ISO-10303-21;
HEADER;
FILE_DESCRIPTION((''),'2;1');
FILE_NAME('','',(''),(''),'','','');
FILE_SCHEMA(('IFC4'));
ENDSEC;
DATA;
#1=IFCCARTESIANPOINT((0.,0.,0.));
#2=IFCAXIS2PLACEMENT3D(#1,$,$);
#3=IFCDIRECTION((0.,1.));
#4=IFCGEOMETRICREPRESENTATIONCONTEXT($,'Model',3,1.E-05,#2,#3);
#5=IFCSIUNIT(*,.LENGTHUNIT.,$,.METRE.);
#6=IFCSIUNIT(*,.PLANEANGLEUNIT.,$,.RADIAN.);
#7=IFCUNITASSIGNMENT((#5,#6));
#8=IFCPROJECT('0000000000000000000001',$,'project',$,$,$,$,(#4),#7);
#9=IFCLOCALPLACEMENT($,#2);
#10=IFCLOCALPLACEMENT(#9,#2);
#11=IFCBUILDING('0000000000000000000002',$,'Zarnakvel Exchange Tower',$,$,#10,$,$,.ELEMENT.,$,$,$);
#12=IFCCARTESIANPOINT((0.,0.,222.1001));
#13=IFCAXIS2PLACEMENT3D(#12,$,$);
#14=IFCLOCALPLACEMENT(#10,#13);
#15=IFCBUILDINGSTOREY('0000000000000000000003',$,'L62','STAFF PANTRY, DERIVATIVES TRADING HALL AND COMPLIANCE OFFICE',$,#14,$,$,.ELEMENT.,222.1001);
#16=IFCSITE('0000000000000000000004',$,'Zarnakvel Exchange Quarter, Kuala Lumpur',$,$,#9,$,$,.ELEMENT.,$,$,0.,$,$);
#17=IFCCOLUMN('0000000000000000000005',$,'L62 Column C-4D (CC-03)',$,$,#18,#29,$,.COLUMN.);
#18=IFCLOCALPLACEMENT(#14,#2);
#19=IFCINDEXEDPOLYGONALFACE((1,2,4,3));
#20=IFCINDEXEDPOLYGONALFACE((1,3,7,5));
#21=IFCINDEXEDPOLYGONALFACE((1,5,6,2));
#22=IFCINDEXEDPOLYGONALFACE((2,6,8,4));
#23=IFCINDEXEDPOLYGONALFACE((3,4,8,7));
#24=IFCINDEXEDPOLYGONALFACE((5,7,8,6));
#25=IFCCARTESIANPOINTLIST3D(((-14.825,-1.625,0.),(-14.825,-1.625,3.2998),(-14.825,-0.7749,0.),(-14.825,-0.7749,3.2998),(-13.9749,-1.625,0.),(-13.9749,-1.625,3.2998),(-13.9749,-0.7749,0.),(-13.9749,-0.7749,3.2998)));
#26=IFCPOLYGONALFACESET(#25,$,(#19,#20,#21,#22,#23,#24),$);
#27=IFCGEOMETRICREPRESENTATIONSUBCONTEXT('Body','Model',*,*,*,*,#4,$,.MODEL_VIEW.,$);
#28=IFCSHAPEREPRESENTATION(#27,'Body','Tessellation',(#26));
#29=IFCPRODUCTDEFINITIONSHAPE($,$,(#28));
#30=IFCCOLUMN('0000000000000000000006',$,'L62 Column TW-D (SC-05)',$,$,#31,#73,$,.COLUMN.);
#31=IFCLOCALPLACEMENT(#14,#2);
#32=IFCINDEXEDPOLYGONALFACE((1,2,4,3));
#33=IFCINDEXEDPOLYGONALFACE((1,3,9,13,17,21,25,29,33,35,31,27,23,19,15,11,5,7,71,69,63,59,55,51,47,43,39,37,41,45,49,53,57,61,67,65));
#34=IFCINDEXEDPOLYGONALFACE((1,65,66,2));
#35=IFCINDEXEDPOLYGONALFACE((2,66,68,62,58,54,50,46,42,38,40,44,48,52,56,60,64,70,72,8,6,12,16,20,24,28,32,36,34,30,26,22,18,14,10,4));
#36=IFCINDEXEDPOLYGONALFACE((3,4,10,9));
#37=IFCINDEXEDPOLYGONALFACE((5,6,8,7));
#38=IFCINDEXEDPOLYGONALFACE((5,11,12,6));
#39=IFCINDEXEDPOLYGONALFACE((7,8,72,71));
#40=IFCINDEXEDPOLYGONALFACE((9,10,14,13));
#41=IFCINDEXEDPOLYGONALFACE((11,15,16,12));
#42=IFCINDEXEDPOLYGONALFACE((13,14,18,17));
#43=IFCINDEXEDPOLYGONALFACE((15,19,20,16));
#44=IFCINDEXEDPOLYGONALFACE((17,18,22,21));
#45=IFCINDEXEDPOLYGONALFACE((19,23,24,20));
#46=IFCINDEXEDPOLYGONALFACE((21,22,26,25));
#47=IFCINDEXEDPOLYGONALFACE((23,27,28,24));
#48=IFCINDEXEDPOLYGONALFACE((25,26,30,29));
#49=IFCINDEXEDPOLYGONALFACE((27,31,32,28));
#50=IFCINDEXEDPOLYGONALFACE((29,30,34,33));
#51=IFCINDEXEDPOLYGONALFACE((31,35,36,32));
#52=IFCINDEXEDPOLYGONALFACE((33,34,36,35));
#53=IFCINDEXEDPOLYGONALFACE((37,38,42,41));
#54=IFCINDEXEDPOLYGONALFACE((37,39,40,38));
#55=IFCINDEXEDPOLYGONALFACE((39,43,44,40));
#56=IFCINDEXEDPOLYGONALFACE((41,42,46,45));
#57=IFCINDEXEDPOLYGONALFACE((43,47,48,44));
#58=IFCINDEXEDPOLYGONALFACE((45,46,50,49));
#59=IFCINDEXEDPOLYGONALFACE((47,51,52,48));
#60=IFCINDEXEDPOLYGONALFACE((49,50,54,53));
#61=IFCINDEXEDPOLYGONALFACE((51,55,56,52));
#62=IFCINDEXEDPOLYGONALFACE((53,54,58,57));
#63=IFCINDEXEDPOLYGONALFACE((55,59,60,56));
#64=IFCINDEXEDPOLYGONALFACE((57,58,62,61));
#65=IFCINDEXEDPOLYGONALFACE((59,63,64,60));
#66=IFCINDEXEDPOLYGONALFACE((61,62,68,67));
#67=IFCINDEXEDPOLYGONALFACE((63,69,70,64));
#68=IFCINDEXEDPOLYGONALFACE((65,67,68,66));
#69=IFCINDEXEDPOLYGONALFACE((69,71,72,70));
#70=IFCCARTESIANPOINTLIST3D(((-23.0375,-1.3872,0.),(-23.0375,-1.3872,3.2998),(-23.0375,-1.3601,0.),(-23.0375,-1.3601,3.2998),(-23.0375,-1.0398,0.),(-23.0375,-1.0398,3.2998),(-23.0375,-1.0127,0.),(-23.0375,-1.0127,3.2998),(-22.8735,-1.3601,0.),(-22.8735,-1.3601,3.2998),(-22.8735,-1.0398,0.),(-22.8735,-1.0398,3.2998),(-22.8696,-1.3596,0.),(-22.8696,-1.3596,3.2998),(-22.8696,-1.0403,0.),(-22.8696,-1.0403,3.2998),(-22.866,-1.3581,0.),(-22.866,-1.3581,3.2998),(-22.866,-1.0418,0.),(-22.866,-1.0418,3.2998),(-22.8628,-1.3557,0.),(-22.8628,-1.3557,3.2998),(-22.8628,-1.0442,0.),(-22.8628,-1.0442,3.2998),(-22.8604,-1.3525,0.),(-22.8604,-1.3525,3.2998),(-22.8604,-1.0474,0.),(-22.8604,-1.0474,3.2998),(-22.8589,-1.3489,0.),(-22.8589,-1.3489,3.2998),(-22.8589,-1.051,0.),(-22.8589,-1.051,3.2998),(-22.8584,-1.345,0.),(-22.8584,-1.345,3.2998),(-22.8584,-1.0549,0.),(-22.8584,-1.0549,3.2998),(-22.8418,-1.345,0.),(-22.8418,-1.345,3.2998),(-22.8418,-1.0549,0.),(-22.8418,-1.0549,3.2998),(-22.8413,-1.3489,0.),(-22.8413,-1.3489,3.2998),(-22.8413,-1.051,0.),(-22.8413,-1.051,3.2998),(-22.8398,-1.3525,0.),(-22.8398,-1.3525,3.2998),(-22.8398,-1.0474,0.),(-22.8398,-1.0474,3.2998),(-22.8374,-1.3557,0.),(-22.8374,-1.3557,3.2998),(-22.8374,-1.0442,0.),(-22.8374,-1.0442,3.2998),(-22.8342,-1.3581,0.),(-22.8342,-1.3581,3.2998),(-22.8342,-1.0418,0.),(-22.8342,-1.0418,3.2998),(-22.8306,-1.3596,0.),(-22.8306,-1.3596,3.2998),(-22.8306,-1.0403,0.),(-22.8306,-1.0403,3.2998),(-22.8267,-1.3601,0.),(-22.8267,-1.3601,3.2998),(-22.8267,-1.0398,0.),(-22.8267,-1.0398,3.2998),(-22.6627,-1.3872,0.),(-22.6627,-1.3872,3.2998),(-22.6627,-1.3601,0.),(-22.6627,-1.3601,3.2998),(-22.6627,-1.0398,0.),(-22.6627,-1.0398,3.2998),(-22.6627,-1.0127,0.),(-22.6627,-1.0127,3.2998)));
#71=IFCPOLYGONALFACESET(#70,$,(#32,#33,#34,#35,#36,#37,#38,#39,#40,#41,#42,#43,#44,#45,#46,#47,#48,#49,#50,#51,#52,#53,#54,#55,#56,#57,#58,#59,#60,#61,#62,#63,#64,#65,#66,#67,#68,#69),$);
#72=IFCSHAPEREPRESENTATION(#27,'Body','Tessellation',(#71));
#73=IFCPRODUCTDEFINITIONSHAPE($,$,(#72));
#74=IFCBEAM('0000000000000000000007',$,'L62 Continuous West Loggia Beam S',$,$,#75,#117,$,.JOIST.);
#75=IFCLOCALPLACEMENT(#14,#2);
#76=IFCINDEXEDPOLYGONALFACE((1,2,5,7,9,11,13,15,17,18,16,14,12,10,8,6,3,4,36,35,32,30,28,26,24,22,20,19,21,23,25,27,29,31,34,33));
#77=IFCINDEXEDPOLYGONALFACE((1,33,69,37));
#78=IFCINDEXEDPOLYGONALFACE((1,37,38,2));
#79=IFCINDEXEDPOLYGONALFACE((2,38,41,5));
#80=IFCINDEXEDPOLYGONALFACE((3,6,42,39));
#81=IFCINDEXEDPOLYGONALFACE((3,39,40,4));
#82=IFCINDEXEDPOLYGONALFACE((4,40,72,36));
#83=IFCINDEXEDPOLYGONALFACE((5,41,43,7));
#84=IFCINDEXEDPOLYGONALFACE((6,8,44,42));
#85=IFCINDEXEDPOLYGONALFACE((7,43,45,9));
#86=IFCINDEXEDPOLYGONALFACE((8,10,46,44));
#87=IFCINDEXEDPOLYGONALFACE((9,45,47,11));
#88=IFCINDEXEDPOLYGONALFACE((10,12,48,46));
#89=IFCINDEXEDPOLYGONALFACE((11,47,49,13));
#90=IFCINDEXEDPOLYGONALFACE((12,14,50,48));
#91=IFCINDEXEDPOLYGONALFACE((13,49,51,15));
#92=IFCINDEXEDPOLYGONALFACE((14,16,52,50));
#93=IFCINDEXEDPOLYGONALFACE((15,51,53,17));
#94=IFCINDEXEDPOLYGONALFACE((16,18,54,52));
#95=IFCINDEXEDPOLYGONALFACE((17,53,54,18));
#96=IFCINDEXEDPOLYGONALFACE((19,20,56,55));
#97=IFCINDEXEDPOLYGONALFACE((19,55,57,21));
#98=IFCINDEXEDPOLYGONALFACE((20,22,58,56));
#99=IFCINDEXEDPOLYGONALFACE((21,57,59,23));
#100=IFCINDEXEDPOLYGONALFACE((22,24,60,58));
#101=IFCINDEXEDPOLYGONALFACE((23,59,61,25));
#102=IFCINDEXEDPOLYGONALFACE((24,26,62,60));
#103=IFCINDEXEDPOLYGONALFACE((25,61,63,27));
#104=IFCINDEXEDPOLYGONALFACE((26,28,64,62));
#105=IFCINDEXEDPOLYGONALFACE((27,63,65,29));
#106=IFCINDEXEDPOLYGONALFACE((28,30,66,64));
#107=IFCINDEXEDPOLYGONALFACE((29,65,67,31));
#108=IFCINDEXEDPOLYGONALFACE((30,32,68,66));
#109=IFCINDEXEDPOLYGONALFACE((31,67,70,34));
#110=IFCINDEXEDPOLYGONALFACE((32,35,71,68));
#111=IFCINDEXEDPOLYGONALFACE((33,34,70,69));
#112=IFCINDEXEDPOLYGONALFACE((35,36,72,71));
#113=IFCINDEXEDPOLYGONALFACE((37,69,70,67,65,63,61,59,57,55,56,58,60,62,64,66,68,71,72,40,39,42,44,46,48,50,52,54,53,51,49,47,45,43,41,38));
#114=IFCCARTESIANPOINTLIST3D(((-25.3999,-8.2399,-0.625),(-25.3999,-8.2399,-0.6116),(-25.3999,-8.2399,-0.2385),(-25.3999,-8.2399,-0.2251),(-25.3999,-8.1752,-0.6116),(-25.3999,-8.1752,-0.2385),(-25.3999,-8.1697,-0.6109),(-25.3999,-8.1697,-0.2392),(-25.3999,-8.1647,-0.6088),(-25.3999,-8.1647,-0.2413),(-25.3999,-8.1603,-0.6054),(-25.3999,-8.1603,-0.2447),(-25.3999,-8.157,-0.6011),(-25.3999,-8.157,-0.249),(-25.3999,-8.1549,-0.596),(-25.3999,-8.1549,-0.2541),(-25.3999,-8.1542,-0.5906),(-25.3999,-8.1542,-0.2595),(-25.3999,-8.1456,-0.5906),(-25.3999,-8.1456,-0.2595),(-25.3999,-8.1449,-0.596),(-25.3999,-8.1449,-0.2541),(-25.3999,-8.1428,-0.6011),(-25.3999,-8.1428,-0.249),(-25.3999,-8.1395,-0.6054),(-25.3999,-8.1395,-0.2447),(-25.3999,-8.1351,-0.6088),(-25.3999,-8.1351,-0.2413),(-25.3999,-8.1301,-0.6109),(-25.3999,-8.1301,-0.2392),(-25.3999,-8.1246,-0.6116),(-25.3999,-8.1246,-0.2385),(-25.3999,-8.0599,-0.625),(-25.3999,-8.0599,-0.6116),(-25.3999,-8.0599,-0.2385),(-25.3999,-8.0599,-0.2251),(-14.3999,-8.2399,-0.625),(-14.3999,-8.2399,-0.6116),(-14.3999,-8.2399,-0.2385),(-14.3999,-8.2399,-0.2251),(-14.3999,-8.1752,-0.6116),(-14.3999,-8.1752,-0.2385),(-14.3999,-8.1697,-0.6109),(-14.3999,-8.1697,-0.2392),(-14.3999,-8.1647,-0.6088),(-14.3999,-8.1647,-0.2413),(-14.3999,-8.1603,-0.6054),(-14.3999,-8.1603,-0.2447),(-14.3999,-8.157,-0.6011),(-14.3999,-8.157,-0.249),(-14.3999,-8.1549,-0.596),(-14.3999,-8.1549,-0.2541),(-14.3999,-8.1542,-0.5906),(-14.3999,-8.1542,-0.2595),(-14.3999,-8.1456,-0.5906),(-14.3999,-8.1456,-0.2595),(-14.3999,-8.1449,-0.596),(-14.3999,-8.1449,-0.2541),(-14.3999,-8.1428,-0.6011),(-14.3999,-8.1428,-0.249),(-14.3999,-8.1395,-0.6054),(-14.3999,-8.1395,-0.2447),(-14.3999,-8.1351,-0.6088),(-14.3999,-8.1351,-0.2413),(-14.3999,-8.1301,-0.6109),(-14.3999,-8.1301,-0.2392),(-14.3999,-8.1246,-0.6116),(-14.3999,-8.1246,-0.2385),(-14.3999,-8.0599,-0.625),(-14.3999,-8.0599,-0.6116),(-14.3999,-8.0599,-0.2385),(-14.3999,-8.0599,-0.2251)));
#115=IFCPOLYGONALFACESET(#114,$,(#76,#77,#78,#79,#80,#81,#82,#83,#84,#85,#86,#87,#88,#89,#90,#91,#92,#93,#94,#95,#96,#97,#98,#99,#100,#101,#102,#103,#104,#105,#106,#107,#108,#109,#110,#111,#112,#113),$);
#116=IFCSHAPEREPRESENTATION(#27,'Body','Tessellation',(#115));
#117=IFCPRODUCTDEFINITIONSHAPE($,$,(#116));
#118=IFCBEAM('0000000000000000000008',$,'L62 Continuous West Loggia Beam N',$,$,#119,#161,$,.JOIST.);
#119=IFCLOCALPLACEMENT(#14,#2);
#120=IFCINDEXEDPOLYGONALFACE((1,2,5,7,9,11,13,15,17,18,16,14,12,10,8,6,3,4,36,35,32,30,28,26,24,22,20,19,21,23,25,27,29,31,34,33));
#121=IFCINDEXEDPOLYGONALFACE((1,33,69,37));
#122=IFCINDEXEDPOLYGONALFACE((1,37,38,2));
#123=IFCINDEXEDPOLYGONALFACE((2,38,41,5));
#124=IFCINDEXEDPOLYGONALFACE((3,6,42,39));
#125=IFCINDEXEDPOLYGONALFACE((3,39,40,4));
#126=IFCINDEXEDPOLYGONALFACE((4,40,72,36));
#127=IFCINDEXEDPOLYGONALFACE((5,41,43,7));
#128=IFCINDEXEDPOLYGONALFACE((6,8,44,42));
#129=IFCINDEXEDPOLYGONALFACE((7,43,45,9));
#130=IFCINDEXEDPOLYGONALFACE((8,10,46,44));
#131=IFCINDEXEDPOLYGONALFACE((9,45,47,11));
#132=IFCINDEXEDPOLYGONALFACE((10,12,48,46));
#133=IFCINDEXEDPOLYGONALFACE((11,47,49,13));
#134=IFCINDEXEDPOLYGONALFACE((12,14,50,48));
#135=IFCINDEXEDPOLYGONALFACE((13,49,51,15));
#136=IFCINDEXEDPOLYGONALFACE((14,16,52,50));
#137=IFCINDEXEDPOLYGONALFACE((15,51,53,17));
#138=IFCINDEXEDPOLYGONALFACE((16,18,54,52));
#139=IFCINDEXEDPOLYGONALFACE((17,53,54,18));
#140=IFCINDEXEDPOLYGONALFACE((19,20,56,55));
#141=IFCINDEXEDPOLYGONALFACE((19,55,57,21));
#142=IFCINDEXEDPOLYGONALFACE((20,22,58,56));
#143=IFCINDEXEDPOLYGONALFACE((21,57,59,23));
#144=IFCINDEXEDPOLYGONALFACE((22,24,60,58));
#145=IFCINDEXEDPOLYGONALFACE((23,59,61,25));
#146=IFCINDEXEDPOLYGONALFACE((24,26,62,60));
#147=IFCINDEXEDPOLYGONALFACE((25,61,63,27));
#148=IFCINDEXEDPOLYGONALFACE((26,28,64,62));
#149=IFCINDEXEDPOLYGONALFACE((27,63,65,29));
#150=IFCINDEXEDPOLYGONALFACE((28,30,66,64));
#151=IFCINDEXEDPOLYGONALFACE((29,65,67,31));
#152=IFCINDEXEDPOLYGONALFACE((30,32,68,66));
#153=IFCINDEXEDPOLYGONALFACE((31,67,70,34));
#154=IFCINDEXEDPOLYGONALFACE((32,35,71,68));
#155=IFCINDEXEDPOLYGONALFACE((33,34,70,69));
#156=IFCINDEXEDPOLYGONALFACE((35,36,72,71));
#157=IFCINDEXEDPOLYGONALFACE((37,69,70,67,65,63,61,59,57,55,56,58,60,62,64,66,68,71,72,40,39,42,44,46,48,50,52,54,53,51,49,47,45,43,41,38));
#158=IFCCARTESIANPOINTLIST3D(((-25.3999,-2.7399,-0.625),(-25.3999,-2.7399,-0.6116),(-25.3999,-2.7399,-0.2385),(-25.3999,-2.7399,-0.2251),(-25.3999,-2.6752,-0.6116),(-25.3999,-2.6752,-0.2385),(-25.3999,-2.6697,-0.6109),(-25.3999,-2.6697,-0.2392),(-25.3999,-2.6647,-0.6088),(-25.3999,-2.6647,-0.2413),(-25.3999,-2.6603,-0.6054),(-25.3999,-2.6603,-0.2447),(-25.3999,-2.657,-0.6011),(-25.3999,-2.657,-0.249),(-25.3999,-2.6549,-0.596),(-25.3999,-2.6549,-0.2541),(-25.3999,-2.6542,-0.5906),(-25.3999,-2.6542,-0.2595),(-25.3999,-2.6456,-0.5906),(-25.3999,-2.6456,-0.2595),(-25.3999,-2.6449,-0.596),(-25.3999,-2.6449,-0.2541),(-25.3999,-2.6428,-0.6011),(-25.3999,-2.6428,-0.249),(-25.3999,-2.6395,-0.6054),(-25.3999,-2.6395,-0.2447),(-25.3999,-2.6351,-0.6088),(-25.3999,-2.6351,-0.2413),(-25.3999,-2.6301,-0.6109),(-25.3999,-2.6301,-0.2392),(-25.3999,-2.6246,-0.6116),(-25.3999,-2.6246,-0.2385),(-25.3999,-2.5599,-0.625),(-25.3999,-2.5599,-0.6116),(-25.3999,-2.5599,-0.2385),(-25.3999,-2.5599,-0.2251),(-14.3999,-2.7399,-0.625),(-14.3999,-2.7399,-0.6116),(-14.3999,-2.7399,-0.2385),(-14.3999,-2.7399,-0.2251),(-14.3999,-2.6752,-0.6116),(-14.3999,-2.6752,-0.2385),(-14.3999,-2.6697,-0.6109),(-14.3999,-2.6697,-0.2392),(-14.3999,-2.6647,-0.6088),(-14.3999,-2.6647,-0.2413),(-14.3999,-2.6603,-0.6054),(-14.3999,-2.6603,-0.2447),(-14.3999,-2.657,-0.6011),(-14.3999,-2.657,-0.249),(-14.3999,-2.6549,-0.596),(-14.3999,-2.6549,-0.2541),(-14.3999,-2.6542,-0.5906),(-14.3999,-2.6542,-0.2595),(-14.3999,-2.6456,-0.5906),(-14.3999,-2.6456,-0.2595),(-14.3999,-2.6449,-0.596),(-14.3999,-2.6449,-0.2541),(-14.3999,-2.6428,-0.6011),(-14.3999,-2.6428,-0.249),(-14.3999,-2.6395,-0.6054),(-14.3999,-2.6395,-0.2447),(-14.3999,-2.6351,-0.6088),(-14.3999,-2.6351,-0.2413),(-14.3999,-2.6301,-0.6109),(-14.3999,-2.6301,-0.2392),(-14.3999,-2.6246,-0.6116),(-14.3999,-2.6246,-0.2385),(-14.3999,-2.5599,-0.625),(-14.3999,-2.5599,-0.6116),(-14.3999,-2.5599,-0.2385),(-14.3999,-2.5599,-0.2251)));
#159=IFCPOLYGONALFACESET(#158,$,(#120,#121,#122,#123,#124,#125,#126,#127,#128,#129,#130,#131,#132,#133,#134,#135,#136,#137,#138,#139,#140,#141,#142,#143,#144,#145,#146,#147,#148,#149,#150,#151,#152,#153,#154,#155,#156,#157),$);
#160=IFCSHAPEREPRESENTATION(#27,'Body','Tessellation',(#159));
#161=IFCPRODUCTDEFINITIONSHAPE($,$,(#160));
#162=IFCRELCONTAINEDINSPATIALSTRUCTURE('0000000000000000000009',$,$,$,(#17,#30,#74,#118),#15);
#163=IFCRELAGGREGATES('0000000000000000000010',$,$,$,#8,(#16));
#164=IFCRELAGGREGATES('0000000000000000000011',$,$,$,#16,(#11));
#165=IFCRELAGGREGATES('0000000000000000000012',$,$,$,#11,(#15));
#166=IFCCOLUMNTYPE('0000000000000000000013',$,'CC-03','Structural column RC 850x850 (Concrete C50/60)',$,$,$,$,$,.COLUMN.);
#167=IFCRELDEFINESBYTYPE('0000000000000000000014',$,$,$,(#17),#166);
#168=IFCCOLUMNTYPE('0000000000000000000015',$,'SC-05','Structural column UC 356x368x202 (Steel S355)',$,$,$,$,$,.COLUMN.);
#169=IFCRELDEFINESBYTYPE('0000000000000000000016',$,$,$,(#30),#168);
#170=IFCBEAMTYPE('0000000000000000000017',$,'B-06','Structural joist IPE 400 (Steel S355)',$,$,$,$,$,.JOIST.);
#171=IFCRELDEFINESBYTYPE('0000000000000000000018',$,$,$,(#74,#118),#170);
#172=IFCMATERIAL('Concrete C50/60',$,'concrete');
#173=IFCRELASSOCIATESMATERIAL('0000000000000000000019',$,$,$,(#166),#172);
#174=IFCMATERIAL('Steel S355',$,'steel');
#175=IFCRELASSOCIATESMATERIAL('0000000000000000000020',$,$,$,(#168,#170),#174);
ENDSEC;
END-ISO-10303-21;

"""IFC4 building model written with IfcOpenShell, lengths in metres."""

from ifc_helpers import new_model, si_unit, direction, frame, origin, origin_2d, place, context, subcontext, project, spatial, rectangle, i_section, extrude, material, material_profile, profile_set, type_object, element, save


model = new_model("IFC4")

# Units and contexts
model_context = context("Model", 3, precision=1e-05, world=origin(), true_north=direction((0.0, 1.0)))
body_context = subcontext(model_context, "Body", "Model", "MODEL_VIEW")
ifc_project = project(units=[si_unit("LENGTHUNIT", "METRE"), si_unit("PLANEANGLEUNIT", "RADIAN")], contexts=[model_context])

# Site, building, storey
site_placement = place(None, origin())
site = spatial("IfcSite", under=ifc_project, at=site_placement, Name="Zarnakvel Exchange Quarter, Kuala Lumpur", CompositionType="ELEMENT", RefElevation=0.0)
building_placement = place(site_placement, origin())
building = spatial("IfcBuilding", under=site, at=building_placement, Name="Zarnakvel Exchange Tower", CompositionType="ELEMENT")
storey_placement = place(building_placement, frame((0.0, 0.0, 222.1001)))
storey = spatial("IfcBuildingStorey", under=building, at=storey_placement, Name="L62", Description="STAFF PANTRY, DERIVATIVES TRADING HALL AND COMPLIANCE OFFICE", CompositionType="ELEMENT", Elevation=222.1001)

# Columns
ifc_material_1 = material(Name="Concrete C50/60", Category="concrete")
ifc_material_profile_1 = material_profile(ifc_material_1, rectangle(XDim=0.8501, YDim=0.8501, at=origin_2d()))
ifc_profile_set_1 = profile_set([ifc_material_profile_1], Name="Concrete C50/60")
column_type_1 = type_object("IfcColumnType", Name="CC-03", Description="Structural column RC 850x850 (Concrete C50/60)", PredefinedType="COLUMN", material=ifc_profile_set_1)
column_1_placement = place(storey_placement, frame((-14.3999, -1.2, 0.0), z_axis=(0.0, 0.0, 1.0), x_axis=(1.0, 0.0, 0.0)))
element("IfcColumn", 1, at=column_1_placement, inside=storey, type_object=column_type_1, Name="L62 Column C-4D (CC-03)", PredefinedType="COLUMN", context=body_context, shape_type="SweptSolid", body=[
    extrude(rectangle(XDim=0.8501, YDim=0.8501, at=origin_2d()), origin(), (0.0, 0.0, 1.0), 3.2998),
])
ifc_material_2 = material(Name="Steel S355", Category="steel")
ifc_material_profile_2 = material_profile(ifc_material_2, i_section(OverallWidth=0.3748, OverallDepth=0.3745, WebThickness=0.0166, FlangeThickness=0.0271, FilletRadius=0.0151, at=origin_2d()))
ifc_profile_set_2 = profile_set([ifc_material_profile_2], Name="Steel S355")
column_type_2 = type_object("IfcColumnType", Name="SC-05", Description="Structural column UC 356x368x202 (Steel S355)", PredefinedType="COLUMN", material=ifc_profile_set_2)
column_2_placement = place(storey_placement, frame((-22.8501, -1.2, 0.0), z_axis=(0.0, 0.0, 1.0), x_axis=(1.0, 0.0, 0.0)))
element("IfcColumn", 2, at=column_2_placement, inside=storey, type_object=column_type_2, Name="L62 Column TW-D (SC-05)", PredefinedType="COLUMN", context=body_context, shape_type="SweptSolid", body=[
    extrude(i_section(OverallWidth=0.3748, OverallDepth=0.3745, WebThickness=0.0166, FlangeThickness=0.0271, FilletRadius=0.0151, at=origin_2d()), origin(), (0.0, 0.0, 1.0), 3.2998),
])

# Beams
ifc_material_profile_3 = material_profile(ifc_material_2, i_section(OverallWidth=0.1799, OverallDepth=0.3999, WebThickness=0.0085, FlangeThickness=0.0134, FilletRadius=0.021, at=origin_2d()))
ifc_profile_set_3 = profile_set([ifc_material_profile_3], Name="Steel S355")
beam_type_1 = type_object("IfcBeamType", Name="B-06", Description="Structural joist IPE 400 (Steel S355)", PredefinedType="JOIST", material=ifc_profile_set_3)
for number, where, z_axis, x_axis, name in (
    (3, (-14.3999, -8.1499, -0.425), (-1.0, 0.0, 0.0), (0.0, -1.0, 0.0), "L62 Continuous West Loggia Beam S"),
    (4, (-14.3999, -2.6499, -0.425), (-1.0, 0.0, 0.0), (0.0, -1.0, 0.0), "L62 Continuous West Loggia Beam N"),
):
    element("IfcBeam", number, at=place(storey_placement, frame(where, z_axis=z_axis, x_axis=x_axis)), inside=storey, type_object=beam_type_1, Name=name, PredefinedType="JOIST", context=body_context, shape_type="SweptSolid", body=[
        extrude(i_section(OverallWidth=0.1799, OverallDepth=0.3999, WebThickness=0.0085, FlangeThickness=0.0134, FilletRadius=0.021, at=origin_2d()), origin(), (0.0, 0.0, 1.0), 11.0),
    ])

save(model, "model.ifc")
